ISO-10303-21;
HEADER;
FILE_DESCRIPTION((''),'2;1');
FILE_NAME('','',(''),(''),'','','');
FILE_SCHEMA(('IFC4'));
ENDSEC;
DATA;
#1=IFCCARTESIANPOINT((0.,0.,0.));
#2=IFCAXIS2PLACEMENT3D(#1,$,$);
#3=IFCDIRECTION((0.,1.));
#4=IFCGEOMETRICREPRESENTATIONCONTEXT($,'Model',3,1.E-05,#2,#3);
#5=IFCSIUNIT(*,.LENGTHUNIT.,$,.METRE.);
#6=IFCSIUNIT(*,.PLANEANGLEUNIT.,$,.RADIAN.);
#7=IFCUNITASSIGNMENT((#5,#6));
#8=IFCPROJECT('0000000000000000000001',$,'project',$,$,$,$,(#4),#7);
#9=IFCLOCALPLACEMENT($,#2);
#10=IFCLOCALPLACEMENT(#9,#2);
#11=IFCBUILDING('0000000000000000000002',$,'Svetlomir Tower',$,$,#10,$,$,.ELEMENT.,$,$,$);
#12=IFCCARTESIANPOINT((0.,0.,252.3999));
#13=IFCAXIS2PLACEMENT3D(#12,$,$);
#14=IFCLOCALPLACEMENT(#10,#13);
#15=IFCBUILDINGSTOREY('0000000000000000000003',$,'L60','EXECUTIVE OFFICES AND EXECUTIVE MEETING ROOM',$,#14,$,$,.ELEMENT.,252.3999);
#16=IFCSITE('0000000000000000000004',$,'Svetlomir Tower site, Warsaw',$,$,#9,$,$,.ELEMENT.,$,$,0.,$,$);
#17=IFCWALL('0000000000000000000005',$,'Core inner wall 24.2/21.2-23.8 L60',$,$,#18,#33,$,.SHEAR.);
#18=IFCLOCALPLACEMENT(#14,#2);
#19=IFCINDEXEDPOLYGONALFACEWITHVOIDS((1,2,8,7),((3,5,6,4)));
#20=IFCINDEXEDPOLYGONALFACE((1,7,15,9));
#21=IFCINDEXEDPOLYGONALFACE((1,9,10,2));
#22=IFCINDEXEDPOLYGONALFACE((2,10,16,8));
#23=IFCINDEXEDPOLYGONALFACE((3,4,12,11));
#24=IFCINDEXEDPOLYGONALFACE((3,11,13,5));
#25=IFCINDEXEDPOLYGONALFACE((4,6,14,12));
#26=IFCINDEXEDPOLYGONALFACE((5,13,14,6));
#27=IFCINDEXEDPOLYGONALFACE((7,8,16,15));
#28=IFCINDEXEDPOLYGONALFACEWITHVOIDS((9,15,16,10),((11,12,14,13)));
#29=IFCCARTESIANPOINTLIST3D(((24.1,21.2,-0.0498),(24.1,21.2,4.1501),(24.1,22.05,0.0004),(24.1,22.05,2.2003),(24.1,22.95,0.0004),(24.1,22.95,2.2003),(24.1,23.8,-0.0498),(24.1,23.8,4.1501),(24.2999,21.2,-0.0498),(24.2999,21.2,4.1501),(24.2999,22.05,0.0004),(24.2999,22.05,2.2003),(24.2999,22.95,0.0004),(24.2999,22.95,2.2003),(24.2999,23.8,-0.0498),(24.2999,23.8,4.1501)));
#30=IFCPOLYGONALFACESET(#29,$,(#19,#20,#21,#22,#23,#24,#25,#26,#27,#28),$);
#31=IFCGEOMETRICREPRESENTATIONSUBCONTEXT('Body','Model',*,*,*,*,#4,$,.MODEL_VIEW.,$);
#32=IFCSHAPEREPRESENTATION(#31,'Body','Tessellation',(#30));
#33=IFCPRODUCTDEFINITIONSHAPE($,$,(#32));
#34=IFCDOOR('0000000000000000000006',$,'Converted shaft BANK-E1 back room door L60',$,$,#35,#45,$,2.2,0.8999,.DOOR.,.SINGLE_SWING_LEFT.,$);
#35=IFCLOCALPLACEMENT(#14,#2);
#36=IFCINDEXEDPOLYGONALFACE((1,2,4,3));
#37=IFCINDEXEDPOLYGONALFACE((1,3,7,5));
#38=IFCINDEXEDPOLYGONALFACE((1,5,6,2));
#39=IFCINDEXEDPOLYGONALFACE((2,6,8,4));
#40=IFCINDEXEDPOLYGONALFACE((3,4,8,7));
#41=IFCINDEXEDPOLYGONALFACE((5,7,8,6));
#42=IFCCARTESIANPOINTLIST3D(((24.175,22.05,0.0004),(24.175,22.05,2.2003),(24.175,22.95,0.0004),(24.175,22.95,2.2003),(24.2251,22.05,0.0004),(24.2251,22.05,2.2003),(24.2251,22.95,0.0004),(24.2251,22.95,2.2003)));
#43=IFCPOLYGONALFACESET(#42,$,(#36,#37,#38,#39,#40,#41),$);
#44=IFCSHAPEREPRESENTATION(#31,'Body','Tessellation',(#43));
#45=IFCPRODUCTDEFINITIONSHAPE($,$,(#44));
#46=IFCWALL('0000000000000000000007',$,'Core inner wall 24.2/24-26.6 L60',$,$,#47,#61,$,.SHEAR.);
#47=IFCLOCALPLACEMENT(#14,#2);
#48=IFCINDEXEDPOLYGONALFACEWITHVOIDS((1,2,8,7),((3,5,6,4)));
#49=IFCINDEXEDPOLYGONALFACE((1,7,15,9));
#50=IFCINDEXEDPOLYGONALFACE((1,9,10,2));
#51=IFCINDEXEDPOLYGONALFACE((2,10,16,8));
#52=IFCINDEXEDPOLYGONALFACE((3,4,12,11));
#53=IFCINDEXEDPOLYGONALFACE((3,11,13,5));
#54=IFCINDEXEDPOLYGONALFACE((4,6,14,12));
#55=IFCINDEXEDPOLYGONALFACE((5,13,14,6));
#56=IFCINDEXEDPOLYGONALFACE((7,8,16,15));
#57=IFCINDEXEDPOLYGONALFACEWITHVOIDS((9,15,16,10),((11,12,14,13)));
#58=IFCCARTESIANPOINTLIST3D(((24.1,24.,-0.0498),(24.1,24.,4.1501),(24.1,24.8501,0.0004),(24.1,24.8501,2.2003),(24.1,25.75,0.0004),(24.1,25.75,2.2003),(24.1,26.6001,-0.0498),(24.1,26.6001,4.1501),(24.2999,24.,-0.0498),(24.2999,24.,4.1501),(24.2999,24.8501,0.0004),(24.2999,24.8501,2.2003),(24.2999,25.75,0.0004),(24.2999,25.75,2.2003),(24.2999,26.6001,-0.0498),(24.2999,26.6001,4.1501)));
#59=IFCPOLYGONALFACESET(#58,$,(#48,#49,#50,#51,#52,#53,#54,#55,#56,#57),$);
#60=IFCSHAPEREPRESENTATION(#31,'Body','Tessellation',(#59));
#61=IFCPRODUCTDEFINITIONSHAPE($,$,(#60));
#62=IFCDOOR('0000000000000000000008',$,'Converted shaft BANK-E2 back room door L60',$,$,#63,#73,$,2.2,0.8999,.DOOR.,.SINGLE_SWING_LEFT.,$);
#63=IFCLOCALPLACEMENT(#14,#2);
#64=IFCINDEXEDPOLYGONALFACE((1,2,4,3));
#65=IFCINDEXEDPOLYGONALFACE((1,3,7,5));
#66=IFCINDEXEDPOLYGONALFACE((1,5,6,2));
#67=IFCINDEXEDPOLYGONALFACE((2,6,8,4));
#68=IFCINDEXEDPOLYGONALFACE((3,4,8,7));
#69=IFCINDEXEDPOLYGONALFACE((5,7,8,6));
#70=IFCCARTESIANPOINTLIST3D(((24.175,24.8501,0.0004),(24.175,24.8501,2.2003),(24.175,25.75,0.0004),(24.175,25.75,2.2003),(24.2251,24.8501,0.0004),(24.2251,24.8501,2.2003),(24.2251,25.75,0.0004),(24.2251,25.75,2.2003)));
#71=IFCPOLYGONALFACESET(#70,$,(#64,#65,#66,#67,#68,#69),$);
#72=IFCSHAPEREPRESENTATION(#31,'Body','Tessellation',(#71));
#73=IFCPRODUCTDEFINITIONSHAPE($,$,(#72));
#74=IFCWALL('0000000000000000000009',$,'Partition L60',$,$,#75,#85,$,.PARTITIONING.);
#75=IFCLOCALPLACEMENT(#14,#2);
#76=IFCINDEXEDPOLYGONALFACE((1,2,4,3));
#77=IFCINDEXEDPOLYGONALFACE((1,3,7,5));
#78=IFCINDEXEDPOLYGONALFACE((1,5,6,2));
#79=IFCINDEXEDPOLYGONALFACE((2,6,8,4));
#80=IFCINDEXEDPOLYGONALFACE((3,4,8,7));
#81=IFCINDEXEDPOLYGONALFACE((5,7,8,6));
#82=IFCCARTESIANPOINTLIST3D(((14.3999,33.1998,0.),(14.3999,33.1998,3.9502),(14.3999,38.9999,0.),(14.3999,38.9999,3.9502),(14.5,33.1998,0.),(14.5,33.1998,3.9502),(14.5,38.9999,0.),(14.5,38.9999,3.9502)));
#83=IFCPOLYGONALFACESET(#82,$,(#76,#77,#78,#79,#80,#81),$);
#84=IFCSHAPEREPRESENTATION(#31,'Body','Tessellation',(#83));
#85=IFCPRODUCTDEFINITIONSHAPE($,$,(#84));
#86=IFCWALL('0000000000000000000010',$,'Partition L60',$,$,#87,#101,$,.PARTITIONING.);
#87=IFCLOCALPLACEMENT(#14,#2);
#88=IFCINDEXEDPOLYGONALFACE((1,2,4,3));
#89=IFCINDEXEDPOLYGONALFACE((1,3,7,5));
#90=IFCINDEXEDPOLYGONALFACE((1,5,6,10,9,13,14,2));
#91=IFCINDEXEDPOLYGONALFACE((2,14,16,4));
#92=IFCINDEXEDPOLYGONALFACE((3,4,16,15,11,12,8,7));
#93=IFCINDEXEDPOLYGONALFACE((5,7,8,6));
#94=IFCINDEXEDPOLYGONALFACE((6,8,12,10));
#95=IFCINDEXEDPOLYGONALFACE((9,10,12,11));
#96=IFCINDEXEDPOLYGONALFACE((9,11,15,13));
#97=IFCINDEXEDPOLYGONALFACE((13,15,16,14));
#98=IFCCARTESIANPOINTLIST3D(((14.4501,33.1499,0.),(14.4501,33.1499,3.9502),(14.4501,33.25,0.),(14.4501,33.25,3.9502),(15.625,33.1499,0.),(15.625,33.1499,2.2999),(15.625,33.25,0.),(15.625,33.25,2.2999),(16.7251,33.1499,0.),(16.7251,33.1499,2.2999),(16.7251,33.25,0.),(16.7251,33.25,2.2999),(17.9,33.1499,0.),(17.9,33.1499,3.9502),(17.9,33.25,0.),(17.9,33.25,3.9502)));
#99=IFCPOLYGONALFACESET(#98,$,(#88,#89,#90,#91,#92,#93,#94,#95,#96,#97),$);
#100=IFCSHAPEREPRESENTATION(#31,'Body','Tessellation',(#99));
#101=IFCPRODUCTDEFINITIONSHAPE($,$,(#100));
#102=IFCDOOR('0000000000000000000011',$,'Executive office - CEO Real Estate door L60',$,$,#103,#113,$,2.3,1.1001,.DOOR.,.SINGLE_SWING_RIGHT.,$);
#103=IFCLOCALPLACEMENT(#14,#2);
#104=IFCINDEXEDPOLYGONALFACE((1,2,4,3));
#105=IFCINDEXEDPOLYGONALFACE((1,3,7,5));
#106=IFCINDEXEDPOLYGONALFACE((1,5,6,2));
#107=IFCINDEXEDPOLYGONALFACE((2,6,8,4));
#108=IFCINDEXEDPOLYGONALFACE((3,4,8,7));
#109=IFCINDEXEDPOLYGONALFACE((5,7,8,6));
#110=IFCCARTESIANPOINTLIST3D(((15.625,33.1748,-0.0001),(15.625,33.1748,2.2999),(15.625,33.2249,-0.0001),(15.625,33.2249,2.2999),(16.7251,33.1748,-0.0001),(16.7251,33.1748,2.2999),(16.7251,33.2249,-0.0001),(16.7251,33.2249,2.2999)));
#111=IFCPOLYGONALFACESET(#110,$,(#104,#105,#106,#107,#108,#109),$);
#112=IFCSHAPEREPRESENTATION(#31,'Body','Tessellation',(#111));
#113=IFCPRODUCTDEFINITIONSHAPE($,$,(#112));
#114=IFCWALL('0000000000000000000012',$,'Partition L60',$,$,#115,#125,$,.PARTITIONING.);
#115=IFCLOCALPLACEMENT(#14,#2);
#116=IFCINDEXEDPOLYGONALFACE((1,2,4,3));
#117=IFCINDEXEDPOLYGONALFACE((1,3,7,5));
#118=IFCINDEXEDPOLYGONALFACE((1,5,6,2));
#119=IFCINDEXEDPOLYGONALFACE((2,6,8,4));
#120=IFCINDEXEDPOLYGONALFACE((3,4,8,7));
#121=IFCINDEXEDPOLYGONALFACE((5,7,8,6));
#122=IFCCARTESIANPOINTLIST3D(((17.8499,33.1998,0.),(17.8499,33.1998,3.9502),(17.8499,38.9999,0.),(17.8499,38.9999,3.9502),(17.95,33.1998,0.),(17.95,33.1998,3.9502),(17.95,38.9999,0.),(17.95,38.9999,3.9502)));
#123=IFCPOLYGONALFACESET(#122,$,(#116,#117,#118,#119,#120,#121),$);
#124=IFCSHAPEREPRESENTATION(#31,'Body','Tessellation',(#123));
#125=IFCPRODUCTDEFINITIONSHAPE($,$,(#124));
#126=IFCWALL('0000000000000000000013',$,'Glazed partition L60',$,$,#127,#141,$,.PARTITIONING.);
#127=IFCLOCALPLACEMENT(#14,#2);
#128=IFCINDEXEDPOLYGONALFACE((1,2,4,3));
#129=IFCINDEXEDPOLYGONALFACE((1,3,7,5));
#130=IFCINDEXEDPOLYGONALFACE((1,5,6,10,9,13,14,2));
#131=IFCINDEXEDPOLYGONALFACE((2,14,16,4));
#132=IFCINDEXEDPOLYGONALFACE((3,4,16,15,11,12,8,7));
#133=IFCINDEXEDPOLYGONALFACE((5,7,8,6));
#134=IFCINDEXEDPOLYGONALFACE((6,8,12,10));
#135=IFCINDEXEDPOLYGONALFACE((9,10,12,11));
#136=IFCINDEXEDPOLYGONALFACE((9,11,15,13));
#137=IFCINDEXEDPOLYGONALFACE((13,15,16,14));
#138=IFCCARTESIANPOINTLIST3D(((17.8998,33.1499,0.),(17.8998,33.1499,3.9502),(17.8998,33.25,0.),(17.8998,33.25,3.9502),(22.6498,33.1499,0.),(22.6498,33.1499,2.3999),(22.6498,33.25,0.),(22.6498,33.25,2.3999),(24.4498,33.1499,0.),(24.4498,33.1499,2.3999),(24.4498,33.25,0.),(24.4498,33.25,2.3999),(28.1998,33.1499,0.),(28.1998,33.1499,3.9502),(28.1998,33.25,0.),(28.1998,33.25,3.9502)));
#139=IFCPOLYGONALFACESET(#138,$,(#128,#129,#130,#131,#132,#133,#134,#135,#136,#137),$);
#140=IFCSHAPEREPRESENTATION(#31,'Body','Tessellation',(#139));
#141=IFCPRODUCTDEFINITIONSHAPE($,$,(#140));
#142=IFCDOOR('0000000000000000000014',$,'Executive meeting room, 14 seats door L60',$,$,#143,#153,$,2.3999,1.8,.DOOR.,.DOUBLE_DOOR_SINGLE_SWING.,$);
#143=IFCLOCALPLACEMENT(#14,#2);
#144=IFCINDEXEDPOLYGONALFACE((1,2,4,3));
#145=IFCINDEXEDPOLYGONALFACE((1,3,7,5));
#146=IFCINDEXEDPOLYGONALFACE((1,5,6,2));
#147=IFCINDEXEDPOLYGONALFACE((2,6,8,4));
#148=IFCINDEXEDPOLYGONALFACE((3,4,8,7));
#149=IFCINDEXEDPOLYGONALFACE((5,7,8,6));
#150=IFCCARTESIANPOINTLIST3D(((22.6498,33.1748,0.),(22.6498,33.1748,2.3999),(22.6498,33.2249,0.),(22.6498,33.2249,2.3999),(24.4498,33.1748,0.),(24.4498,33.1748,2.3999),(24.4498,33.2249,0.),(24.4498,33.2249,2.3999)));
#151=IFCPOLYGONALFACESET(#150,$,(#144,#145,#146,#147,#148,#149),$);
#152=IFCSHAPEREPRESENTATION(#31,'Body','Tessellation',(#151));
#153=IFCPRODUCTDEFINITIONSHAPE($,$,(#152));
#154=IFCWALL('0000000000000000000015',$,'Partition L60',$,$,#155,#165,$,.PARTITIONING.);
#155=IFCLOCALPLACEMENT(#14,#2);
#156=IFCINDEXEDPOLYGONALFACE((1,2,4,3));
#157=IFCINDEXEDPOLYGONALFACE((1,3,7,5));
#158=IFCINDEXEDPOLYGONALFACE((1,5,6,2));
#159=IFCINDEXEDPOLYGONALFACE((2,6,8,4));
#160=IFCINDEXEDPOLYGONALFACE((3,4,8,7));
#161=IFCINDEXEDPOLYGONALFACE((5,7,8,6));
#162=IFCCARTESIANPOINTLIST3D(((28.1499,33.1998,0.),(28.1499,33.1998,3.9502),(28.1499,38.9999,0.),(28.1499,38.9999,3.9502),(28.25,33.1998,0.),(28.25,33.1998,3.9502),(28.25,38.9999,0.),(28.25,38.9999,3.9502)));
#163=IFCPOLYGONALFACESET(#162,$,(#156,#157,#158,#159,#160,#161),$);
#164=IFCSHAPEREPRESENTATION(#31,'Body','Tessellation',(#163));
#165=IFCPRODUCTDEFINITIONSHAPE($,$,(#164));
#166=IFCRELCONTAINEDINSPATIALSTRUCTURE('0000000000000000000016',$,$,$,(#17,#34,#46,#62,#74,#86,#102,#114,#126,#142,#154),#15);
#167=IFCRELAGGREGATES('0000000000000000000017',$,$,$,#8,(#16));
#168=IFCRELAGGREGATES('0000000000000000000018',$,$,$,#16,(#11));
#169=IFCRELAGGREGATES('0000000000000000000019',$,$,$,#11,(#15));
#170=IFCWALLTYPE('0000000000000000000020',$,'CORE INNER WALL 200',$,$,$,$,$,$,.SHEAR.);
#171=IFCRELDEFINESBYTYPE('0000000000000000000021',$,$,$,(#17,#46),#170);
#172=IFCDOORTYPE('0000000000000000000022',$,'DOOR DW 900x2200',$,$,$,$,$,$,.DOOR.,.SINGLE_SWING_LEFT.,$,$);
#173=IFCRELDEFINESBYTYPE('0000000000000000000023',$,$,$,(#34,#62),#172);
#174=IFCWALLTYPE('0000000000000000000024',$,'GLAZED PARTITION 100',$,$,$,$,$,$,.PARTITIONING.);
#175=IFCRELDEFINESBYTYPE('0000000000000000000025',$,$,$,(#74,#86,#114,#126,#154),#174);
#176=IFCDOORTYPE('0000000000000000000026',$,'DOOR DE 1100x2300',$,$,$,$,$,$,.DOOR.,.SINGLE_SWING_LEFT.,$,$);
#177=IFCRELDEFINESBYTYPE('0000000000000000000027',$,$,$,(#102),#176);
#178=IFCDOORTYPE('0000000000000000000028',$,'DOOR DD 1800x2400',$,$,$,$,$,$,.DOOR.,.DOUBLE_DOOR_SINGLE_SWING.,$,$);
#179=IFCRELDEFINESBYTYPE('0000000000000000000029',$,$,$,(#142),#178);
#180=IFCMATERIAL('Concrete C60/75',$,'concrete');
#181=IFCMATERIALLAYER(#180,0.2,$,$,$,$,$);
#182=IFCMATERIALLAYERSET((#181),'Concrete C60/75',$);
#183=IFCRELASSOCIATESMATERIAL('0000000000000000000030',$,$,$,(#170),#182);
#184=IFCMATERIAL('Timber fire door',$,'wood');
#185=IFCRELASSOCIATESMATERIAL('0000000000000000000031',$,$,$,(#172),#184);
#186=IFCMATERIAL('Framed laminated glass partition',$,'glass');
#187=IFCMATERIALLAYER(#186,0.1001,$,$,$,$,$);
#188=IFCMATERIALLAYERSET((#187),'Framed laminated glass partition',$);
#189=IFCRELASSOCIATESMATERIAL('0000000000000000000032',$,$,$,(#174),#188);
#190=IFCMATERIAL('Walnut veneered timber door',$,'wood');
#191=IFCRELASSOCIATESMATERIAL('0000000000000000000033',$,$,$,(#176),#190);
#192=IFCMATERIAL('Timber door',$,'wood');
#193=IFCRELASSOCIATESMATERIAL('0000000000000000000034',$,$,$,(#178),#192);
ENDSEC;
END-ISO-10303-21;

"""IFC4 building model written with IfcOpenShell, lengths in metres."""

from ifc_helpers import new_model, si_unit, direction, frame, frame_2d, origin, place, context, subcontext, project, spatial, rectangle, extrude, material, layer, layer_set, type_object, element, fill, save


model = new_model("IFC4")

# Units and contexts
model_context = context("Model", 3, precision=1e-05, world=origin(), true_north=direction((0.0, 1.0)))
body_context = subcontext(model_context, "Body", "Model", "MODEL_VIEW")
ifc_project = project(units=[si_unit("LENGTHUNIT", "METRE"), si_unit("PLANEANGLEUNIT", "RADIAN")], contexts=[model_context])

# Site, building, storey
site_placement = place(None, origin())
site = spatial("IfcSite", under=ifc_project, at=site_placement, Name="Svetlomir Tower site, Warsaw", CompositionType="ELEMENT", RefElevation=0.0)
building_placement = place(site_placement, origin())
building = spatial("IfcBuilding", under=site, at=building_placement, Name="Svetlomir Tower", CompositionType="ELEMENT")
storey_placement = place(building_placement, frame((0.0, 0.0, 252.3999)))
storey = spatial("IfcBuildingStorey", under=building, at=storey_placement, Name="L60", Description="EXECUTIVE OFFICES AND EXECUTIVE MEETING ROOM", CompositionType="ELEMENT", Elevation=252.3999)

# Shared definitions
ifc_material_1 = material(Name="Concrete C60/75", Category="concrete")
ifc_layer_1 = layer(ifc_material_1, 0.2)
ifc_layer_set_1 = layer_set([ifc_layer_1], Name="Concrete C60/75")
wall_type_1 = type_object("IfcWallType", Name="CORE INNER WALL 200", PredefinedType="SHEAR", material=ifc_layer_set_1)

# Walls, openings, doors
wall_1_placement = place(storey_placement, frame((24.2, 21.2, -0.0498), z_axis=(0.0, 0.0, 1.0), x_axis=(0.0, 1.0, 0.0)))
wall_1 = element("IfcWall", 1, at=wall_1_placement, inside=storey, type_object=wall_type_1, Name="Core inner wall 24.2/21.2-23.8 L60", PredefinedType="SHEAR", context=body_context, shape_type="SweptSolid", body=[
    extrude(rectangle(XDim=2.6001, YDim=0.2, at=frame_2d((1.3, 0.0))), origin(), (0.0, 0.0, 1.0), 4.2),
])
opening_1_placement = place(wall_1_placement, frame((0.8501, 0.0, 0.05)))
opening_1 = element("IfcOpeningElement", 2, at=opening_1_placement, cuts=wall_1, PredefinedType="OPENING", context=body_context, shape_type="SweptSolid", body=[
    extrude(rectangle(XDim=0.8999, YDim=2.2, at=frame_2d((0.45, 1.1001))), frame((0.0, 0.1099, 0.0), z_axis=(0.0, -1.0, 0.0), x_axis=(1.0, 0.0, 0.0)), (0.0, 0.0, 1.0), 0.22),
])
ifc_material_2 = material(Name="Timber fire door", Category="wood")
door_type_1 = type_object("IfcDoorType", Name="DOOR DW 900x2200", OperationType="SINGLE_SWING_LEFT", PredefinedType="DOOR", material=ifc_material_2)
door_1_placement = place(opening_1_placement, origin())
door_1 = element("IfcDoor", 3, at=door_1_placement, inside=storey, type_object=door_type_1, Name="Converted shaft BANK-E1 back room door L60", OperationType="SINGLE_SWING_LEFT", OverallHeight=2.2, OverallWidth=0.8999, PredefinedType="DOOR", context=body_context, shape_type="SweptSolid", body=[
    extrude(rectangle(XDim=0.8999, YDim=2.2, at=frame_2d((0.45, 1.1001))), frame((0.0, 0.0249, 0.0), z_axis=(0.0, -1.0, 0.0), x_axis=(1.0, 0.0, 0.0)), (0.0, 0.0, 1.0), 0.05),
])
fill(opening_1, door_1)
wall_2_placement = place(storey_placement, frame((24.2, 24.0, -0.0498), z_axis=(0.0, 0.0, 1.0), x_axis=(0.0, 1.0, 0.0)))
wall_2 = element("IfcWall", 4, at=wall_2_placement, inside=storey, type_object=wall_type_1, Name="Core inner wall 24.2/24-26.6 L60", PredefinedType="SHEAR", context=body_context, shape_type="SweptSolid", body=[
    extrude(rectangle(XDim=2.6001, YDim=0.2, at=frame_2d((1.3, 0.0))), origin(), (0.0, 0.0, 1.0), 4.2),
])
opening_2_placement = place(wall_2_placement, frame((0.8501, 0.0, 0.05)))
opening_2 = element("IfcOpeningElement", 5, at=opening_2_placement, cuts=wall_2, PredefinedType="OPENING", context=body_context, shape_type="SweptSolid", body=[
    extrude(rectangle(XDim=0.8999, YDim=2.2, at=frame_2d((0.45, 1.1001))), frame((0.0, 0.1099, 0.0), z_axis=(0.0, -1.0, 0.0), x_axis=(1.0, 0.0, 0.0)), (0.0, 0.0, 1.0), 0.22),
])
door_2_placement = place(opening_2_placement, origin())
door_2 = element("IfcDoor", 6, at=door_2_placement, inside=storey, type_object=door_type_1, Name="Converted shaft BANK-E2 back room door L60", OperationType="SINGLE_SWING_LEFT", OverallHeight=2.2, OverallWidth=0.8999, PredefinedType="DOOR", context=body_context, shape_type="SweptSolid", body=[
    extrude(rectangle(XDim=0.8999, YDim=2.2, at=frame_2d((0.45, 1.1001))), frame((0.0, 0.0249, 0.0), z_axis=(0.0, -1.0, 0.0), x_axis=(1.0, 0.0, 0.0)), (0.0, 0.0, 1.0), 0.05),
])
fill(opening_2, door_2)

# Wall
ifc_material_3 = material(Name="Framed laminated glass partition", Category="glass")
ifc_layer_2 = layer(ifc_material_3, 0.1001)
ifc_layer_set_2 = layer_set([ifc_layer_2], Name="Framed laminated glass partition")
wall_type_2 = type_object("IfcWallType", Name="GLAZED PARTITION 100", PredefinedType="PARTITIONING", material=ifc_layer_set_2)
wall_3_placement = place(storey_placement, frame((14.45, 33.2, 0.0), z_axis=(0.0, 0.0, 1.0), x_axis=(0.0, 1.0, 0.0)))
element("IfcWall", 7, at=wall_3_placement, inside=storey, type_object=wall_type_2, Name="Partition L60", PredefinedType="PARTITIONING", context=body_context, shape_type="SweptSolid", body=[
    extrude(rectangle(XDim=5.8, YDim=0.1001, at=frame_2d((2.8999, 0.0))), origin(), (0.0, 0.0, 1.0), 3.9502),
])

# Wall, opening, door
wall_4_placement = place(storey_placement, frame((14.45, 33.2, 0.0), z_axis=(0.0, 0.0, 1.0), x_axis=(1.0, 0.0, 0.0)))
wall_4 = element("IfcWall", 8, at=wall_4_placement, inside=storey, type_object=wall_type_2, Name="Partition L60", PredefinedType="PARTITIONING", context=body_context, shape_type="SweptSolid", body=[
    extrude(rectangle(XDim=3.45, YDim=0.1001, at=frame_2d((1.7251, 0.0))), origin(), (0.0, 0.0, 1.0), 3.9502),
])
opening_3_placement = place(wall_4_placement, frame((1.175, 0.0, 0.0)))
opening_3 = element("IfcOpeningElement", 9, at=opening_3_placement, cuts=wall_4, PredefinedType="OPENING", context=body_context, shape_type="SweptSolid", body=[
    extrude(rectangle(XDim=1.1001, YDim=2.3, at=frame_2d((0.55, 1.1499))), frame((0.0, 0.0601, 0.0), z_axis=(0.0, -1.0, 0.0), x_axis=(1.0, 0.0, 0.0)), (0.0, 0.0, 1.0), 0.1201),
])
ifc_material_4 = material(Name="Walnut veneered timber door", Category="wood")
door_type_2 = type_object("IfcDoorType", Name="DOOR DE 1100x2300", OperationType="SINGLE_SWING_LEFT", PredefinedType="DOOR", material=ifc_material_4)
door_3_placement = place(opening_3_placement, origin())
door_3 = element("IfcDoor", 10, at=door_3_placement, inside=storey, type_object=door_type_2, Name="Executive office - CEO Real Estate door L60", OperationType="SINGLE_SWING_RIGHT", OverallHeight=2.3, OverallWidth=1.1001, PredefinedType="DOOR", context=body_context, shape_type="SweptSolid", body=[
    extrude(rectangle(XDim=1.1001, YDim=2.3, at=frame_2d((0.55, 1.1499))), frame((0.0, 0.0249, 0.0), z_axis=(0.0, -1.0, 0.0), x_axis=(1.0, 0.0, 0.0)), (0.0, 0.0, 1.0), 0.05),
])
fill(opening_3, door_3)

# Wall
wall_5_placement = place(storey_placement, frame((17.8999, 33.2, 0.0), z_axis=(0.0, 0.0, 1.0), x_axis=(0.0, 1.0, 0.0)))
element("IfcWall", 11, at=wall_5_placement, inside=storey, type_object=wall_type_2, Name="Partition L60", PredefinedType="PARTITIONING", context=body_context, shape_type="SweptSolid", body=[
    extrude(rectangle(XDim=5.8, YDim=0.1001, at=frame_2d((2.8999, 0.0))), origin(), (0.0, 0.0, 1.0), 3.9502),
])

# Wall, opening, door
wall_6_placement = place(storey_placement, frame((17.8999, 33.2, 0.0), z_axis=(0.0, 0.0, 1.0), x_axis=(1.0, 0.0, 0.0)))
wall_6 = element("IfcWall", 12, at=wall_6_placement, inside=storey, type_object=wall_type_2, Name="Glazed partition L60", PredefinedType="PARTITIONING", context=body_context, shape_type="SweptSolid", body=[
    extrude(rectangle(XDim=10.3, YDim=0.1001, at=frame_2d((5.1499, 0.0))), origin(), (0.0, 0.0, 1.0), 3.9502),
])
opening_4_placement = place(wall_6_placement, frame((4.75, 0.0, 0.0)))
opening_4 = element("IfcOpeningElement", 13, at=opening_4_placement, cuts=wall_6, PredefinedType="OPENING", context=body_context, shape_type="SweptSolid", body=[
    extrude(rectangle(XDim=1.8, YDim=2.3999, at=frame_2d((0.8999, 1.2))), frame((0.0, 0.0601, 0.0), z_axis=(0.0, -1.0, 0.0), x_axis=(1.0, 0.0, 0.0)), (0.0, 0.0, 1.0), 0.1201),
])
ifc_material_5 = material(Name="Timber door", Category="wood")
door_type_3 = type_object("IfcDoorType", Name="DOOR DD 1800x2400", OperationType="DOUBLE_DOOR_SINGLE_SWING", PredefinedType="DOOR", material=ifc_material_5)
door_4_placement = place(opening_4_placement, origin())
door_4 = element("IfcDoor", 14, at=door_4_placement, inside=storey, type_object=door_type_3, Name="Executive meeting room, 14 seats door L60", OperationType="DOUBLE_DOOR_SINGLE_SWING", OverallHeight=2.3999, OverallWidth=1.8, PredefinedType="DOOR", context=body_context, shape_type="SweptSolid", body=[
    extrude(rectangle(XDim=1.8, YDim=2.3999, at=frame_2d((0.8999, 1.2))), frame((0.0, 0.0249, 0.0), z_axis=(0.0, -1.0, 0.0), x_axis=(1.0, 0.0, 0.0)), (0.0, 0.0, 1.0), 0.05),
])
fill(opening_4, door_4)

# Wall
wall_7_placement = place(storey_placement, frame((28.2, 33.2, 0.0), z_axis=(0.0, 0.0, 1.0), x_axis=(0.0, 1.0, 0.0)))
element("IfcWall", 15, at=wall_7_placement, inside=storey, type_object=wall_type_2, Name="Partition L60", PredefinedType="PARTITIONING", context=body_context, shape_type="SweptSolid", body=[
    extrude(rectangle(XDim=5.8, YDim=0.1001, at=frame_2d((2.8999, 0.0))), origin(), (0.0, 0.0, 1.0), 3.9502),
])

save(model, "model.ifc")
